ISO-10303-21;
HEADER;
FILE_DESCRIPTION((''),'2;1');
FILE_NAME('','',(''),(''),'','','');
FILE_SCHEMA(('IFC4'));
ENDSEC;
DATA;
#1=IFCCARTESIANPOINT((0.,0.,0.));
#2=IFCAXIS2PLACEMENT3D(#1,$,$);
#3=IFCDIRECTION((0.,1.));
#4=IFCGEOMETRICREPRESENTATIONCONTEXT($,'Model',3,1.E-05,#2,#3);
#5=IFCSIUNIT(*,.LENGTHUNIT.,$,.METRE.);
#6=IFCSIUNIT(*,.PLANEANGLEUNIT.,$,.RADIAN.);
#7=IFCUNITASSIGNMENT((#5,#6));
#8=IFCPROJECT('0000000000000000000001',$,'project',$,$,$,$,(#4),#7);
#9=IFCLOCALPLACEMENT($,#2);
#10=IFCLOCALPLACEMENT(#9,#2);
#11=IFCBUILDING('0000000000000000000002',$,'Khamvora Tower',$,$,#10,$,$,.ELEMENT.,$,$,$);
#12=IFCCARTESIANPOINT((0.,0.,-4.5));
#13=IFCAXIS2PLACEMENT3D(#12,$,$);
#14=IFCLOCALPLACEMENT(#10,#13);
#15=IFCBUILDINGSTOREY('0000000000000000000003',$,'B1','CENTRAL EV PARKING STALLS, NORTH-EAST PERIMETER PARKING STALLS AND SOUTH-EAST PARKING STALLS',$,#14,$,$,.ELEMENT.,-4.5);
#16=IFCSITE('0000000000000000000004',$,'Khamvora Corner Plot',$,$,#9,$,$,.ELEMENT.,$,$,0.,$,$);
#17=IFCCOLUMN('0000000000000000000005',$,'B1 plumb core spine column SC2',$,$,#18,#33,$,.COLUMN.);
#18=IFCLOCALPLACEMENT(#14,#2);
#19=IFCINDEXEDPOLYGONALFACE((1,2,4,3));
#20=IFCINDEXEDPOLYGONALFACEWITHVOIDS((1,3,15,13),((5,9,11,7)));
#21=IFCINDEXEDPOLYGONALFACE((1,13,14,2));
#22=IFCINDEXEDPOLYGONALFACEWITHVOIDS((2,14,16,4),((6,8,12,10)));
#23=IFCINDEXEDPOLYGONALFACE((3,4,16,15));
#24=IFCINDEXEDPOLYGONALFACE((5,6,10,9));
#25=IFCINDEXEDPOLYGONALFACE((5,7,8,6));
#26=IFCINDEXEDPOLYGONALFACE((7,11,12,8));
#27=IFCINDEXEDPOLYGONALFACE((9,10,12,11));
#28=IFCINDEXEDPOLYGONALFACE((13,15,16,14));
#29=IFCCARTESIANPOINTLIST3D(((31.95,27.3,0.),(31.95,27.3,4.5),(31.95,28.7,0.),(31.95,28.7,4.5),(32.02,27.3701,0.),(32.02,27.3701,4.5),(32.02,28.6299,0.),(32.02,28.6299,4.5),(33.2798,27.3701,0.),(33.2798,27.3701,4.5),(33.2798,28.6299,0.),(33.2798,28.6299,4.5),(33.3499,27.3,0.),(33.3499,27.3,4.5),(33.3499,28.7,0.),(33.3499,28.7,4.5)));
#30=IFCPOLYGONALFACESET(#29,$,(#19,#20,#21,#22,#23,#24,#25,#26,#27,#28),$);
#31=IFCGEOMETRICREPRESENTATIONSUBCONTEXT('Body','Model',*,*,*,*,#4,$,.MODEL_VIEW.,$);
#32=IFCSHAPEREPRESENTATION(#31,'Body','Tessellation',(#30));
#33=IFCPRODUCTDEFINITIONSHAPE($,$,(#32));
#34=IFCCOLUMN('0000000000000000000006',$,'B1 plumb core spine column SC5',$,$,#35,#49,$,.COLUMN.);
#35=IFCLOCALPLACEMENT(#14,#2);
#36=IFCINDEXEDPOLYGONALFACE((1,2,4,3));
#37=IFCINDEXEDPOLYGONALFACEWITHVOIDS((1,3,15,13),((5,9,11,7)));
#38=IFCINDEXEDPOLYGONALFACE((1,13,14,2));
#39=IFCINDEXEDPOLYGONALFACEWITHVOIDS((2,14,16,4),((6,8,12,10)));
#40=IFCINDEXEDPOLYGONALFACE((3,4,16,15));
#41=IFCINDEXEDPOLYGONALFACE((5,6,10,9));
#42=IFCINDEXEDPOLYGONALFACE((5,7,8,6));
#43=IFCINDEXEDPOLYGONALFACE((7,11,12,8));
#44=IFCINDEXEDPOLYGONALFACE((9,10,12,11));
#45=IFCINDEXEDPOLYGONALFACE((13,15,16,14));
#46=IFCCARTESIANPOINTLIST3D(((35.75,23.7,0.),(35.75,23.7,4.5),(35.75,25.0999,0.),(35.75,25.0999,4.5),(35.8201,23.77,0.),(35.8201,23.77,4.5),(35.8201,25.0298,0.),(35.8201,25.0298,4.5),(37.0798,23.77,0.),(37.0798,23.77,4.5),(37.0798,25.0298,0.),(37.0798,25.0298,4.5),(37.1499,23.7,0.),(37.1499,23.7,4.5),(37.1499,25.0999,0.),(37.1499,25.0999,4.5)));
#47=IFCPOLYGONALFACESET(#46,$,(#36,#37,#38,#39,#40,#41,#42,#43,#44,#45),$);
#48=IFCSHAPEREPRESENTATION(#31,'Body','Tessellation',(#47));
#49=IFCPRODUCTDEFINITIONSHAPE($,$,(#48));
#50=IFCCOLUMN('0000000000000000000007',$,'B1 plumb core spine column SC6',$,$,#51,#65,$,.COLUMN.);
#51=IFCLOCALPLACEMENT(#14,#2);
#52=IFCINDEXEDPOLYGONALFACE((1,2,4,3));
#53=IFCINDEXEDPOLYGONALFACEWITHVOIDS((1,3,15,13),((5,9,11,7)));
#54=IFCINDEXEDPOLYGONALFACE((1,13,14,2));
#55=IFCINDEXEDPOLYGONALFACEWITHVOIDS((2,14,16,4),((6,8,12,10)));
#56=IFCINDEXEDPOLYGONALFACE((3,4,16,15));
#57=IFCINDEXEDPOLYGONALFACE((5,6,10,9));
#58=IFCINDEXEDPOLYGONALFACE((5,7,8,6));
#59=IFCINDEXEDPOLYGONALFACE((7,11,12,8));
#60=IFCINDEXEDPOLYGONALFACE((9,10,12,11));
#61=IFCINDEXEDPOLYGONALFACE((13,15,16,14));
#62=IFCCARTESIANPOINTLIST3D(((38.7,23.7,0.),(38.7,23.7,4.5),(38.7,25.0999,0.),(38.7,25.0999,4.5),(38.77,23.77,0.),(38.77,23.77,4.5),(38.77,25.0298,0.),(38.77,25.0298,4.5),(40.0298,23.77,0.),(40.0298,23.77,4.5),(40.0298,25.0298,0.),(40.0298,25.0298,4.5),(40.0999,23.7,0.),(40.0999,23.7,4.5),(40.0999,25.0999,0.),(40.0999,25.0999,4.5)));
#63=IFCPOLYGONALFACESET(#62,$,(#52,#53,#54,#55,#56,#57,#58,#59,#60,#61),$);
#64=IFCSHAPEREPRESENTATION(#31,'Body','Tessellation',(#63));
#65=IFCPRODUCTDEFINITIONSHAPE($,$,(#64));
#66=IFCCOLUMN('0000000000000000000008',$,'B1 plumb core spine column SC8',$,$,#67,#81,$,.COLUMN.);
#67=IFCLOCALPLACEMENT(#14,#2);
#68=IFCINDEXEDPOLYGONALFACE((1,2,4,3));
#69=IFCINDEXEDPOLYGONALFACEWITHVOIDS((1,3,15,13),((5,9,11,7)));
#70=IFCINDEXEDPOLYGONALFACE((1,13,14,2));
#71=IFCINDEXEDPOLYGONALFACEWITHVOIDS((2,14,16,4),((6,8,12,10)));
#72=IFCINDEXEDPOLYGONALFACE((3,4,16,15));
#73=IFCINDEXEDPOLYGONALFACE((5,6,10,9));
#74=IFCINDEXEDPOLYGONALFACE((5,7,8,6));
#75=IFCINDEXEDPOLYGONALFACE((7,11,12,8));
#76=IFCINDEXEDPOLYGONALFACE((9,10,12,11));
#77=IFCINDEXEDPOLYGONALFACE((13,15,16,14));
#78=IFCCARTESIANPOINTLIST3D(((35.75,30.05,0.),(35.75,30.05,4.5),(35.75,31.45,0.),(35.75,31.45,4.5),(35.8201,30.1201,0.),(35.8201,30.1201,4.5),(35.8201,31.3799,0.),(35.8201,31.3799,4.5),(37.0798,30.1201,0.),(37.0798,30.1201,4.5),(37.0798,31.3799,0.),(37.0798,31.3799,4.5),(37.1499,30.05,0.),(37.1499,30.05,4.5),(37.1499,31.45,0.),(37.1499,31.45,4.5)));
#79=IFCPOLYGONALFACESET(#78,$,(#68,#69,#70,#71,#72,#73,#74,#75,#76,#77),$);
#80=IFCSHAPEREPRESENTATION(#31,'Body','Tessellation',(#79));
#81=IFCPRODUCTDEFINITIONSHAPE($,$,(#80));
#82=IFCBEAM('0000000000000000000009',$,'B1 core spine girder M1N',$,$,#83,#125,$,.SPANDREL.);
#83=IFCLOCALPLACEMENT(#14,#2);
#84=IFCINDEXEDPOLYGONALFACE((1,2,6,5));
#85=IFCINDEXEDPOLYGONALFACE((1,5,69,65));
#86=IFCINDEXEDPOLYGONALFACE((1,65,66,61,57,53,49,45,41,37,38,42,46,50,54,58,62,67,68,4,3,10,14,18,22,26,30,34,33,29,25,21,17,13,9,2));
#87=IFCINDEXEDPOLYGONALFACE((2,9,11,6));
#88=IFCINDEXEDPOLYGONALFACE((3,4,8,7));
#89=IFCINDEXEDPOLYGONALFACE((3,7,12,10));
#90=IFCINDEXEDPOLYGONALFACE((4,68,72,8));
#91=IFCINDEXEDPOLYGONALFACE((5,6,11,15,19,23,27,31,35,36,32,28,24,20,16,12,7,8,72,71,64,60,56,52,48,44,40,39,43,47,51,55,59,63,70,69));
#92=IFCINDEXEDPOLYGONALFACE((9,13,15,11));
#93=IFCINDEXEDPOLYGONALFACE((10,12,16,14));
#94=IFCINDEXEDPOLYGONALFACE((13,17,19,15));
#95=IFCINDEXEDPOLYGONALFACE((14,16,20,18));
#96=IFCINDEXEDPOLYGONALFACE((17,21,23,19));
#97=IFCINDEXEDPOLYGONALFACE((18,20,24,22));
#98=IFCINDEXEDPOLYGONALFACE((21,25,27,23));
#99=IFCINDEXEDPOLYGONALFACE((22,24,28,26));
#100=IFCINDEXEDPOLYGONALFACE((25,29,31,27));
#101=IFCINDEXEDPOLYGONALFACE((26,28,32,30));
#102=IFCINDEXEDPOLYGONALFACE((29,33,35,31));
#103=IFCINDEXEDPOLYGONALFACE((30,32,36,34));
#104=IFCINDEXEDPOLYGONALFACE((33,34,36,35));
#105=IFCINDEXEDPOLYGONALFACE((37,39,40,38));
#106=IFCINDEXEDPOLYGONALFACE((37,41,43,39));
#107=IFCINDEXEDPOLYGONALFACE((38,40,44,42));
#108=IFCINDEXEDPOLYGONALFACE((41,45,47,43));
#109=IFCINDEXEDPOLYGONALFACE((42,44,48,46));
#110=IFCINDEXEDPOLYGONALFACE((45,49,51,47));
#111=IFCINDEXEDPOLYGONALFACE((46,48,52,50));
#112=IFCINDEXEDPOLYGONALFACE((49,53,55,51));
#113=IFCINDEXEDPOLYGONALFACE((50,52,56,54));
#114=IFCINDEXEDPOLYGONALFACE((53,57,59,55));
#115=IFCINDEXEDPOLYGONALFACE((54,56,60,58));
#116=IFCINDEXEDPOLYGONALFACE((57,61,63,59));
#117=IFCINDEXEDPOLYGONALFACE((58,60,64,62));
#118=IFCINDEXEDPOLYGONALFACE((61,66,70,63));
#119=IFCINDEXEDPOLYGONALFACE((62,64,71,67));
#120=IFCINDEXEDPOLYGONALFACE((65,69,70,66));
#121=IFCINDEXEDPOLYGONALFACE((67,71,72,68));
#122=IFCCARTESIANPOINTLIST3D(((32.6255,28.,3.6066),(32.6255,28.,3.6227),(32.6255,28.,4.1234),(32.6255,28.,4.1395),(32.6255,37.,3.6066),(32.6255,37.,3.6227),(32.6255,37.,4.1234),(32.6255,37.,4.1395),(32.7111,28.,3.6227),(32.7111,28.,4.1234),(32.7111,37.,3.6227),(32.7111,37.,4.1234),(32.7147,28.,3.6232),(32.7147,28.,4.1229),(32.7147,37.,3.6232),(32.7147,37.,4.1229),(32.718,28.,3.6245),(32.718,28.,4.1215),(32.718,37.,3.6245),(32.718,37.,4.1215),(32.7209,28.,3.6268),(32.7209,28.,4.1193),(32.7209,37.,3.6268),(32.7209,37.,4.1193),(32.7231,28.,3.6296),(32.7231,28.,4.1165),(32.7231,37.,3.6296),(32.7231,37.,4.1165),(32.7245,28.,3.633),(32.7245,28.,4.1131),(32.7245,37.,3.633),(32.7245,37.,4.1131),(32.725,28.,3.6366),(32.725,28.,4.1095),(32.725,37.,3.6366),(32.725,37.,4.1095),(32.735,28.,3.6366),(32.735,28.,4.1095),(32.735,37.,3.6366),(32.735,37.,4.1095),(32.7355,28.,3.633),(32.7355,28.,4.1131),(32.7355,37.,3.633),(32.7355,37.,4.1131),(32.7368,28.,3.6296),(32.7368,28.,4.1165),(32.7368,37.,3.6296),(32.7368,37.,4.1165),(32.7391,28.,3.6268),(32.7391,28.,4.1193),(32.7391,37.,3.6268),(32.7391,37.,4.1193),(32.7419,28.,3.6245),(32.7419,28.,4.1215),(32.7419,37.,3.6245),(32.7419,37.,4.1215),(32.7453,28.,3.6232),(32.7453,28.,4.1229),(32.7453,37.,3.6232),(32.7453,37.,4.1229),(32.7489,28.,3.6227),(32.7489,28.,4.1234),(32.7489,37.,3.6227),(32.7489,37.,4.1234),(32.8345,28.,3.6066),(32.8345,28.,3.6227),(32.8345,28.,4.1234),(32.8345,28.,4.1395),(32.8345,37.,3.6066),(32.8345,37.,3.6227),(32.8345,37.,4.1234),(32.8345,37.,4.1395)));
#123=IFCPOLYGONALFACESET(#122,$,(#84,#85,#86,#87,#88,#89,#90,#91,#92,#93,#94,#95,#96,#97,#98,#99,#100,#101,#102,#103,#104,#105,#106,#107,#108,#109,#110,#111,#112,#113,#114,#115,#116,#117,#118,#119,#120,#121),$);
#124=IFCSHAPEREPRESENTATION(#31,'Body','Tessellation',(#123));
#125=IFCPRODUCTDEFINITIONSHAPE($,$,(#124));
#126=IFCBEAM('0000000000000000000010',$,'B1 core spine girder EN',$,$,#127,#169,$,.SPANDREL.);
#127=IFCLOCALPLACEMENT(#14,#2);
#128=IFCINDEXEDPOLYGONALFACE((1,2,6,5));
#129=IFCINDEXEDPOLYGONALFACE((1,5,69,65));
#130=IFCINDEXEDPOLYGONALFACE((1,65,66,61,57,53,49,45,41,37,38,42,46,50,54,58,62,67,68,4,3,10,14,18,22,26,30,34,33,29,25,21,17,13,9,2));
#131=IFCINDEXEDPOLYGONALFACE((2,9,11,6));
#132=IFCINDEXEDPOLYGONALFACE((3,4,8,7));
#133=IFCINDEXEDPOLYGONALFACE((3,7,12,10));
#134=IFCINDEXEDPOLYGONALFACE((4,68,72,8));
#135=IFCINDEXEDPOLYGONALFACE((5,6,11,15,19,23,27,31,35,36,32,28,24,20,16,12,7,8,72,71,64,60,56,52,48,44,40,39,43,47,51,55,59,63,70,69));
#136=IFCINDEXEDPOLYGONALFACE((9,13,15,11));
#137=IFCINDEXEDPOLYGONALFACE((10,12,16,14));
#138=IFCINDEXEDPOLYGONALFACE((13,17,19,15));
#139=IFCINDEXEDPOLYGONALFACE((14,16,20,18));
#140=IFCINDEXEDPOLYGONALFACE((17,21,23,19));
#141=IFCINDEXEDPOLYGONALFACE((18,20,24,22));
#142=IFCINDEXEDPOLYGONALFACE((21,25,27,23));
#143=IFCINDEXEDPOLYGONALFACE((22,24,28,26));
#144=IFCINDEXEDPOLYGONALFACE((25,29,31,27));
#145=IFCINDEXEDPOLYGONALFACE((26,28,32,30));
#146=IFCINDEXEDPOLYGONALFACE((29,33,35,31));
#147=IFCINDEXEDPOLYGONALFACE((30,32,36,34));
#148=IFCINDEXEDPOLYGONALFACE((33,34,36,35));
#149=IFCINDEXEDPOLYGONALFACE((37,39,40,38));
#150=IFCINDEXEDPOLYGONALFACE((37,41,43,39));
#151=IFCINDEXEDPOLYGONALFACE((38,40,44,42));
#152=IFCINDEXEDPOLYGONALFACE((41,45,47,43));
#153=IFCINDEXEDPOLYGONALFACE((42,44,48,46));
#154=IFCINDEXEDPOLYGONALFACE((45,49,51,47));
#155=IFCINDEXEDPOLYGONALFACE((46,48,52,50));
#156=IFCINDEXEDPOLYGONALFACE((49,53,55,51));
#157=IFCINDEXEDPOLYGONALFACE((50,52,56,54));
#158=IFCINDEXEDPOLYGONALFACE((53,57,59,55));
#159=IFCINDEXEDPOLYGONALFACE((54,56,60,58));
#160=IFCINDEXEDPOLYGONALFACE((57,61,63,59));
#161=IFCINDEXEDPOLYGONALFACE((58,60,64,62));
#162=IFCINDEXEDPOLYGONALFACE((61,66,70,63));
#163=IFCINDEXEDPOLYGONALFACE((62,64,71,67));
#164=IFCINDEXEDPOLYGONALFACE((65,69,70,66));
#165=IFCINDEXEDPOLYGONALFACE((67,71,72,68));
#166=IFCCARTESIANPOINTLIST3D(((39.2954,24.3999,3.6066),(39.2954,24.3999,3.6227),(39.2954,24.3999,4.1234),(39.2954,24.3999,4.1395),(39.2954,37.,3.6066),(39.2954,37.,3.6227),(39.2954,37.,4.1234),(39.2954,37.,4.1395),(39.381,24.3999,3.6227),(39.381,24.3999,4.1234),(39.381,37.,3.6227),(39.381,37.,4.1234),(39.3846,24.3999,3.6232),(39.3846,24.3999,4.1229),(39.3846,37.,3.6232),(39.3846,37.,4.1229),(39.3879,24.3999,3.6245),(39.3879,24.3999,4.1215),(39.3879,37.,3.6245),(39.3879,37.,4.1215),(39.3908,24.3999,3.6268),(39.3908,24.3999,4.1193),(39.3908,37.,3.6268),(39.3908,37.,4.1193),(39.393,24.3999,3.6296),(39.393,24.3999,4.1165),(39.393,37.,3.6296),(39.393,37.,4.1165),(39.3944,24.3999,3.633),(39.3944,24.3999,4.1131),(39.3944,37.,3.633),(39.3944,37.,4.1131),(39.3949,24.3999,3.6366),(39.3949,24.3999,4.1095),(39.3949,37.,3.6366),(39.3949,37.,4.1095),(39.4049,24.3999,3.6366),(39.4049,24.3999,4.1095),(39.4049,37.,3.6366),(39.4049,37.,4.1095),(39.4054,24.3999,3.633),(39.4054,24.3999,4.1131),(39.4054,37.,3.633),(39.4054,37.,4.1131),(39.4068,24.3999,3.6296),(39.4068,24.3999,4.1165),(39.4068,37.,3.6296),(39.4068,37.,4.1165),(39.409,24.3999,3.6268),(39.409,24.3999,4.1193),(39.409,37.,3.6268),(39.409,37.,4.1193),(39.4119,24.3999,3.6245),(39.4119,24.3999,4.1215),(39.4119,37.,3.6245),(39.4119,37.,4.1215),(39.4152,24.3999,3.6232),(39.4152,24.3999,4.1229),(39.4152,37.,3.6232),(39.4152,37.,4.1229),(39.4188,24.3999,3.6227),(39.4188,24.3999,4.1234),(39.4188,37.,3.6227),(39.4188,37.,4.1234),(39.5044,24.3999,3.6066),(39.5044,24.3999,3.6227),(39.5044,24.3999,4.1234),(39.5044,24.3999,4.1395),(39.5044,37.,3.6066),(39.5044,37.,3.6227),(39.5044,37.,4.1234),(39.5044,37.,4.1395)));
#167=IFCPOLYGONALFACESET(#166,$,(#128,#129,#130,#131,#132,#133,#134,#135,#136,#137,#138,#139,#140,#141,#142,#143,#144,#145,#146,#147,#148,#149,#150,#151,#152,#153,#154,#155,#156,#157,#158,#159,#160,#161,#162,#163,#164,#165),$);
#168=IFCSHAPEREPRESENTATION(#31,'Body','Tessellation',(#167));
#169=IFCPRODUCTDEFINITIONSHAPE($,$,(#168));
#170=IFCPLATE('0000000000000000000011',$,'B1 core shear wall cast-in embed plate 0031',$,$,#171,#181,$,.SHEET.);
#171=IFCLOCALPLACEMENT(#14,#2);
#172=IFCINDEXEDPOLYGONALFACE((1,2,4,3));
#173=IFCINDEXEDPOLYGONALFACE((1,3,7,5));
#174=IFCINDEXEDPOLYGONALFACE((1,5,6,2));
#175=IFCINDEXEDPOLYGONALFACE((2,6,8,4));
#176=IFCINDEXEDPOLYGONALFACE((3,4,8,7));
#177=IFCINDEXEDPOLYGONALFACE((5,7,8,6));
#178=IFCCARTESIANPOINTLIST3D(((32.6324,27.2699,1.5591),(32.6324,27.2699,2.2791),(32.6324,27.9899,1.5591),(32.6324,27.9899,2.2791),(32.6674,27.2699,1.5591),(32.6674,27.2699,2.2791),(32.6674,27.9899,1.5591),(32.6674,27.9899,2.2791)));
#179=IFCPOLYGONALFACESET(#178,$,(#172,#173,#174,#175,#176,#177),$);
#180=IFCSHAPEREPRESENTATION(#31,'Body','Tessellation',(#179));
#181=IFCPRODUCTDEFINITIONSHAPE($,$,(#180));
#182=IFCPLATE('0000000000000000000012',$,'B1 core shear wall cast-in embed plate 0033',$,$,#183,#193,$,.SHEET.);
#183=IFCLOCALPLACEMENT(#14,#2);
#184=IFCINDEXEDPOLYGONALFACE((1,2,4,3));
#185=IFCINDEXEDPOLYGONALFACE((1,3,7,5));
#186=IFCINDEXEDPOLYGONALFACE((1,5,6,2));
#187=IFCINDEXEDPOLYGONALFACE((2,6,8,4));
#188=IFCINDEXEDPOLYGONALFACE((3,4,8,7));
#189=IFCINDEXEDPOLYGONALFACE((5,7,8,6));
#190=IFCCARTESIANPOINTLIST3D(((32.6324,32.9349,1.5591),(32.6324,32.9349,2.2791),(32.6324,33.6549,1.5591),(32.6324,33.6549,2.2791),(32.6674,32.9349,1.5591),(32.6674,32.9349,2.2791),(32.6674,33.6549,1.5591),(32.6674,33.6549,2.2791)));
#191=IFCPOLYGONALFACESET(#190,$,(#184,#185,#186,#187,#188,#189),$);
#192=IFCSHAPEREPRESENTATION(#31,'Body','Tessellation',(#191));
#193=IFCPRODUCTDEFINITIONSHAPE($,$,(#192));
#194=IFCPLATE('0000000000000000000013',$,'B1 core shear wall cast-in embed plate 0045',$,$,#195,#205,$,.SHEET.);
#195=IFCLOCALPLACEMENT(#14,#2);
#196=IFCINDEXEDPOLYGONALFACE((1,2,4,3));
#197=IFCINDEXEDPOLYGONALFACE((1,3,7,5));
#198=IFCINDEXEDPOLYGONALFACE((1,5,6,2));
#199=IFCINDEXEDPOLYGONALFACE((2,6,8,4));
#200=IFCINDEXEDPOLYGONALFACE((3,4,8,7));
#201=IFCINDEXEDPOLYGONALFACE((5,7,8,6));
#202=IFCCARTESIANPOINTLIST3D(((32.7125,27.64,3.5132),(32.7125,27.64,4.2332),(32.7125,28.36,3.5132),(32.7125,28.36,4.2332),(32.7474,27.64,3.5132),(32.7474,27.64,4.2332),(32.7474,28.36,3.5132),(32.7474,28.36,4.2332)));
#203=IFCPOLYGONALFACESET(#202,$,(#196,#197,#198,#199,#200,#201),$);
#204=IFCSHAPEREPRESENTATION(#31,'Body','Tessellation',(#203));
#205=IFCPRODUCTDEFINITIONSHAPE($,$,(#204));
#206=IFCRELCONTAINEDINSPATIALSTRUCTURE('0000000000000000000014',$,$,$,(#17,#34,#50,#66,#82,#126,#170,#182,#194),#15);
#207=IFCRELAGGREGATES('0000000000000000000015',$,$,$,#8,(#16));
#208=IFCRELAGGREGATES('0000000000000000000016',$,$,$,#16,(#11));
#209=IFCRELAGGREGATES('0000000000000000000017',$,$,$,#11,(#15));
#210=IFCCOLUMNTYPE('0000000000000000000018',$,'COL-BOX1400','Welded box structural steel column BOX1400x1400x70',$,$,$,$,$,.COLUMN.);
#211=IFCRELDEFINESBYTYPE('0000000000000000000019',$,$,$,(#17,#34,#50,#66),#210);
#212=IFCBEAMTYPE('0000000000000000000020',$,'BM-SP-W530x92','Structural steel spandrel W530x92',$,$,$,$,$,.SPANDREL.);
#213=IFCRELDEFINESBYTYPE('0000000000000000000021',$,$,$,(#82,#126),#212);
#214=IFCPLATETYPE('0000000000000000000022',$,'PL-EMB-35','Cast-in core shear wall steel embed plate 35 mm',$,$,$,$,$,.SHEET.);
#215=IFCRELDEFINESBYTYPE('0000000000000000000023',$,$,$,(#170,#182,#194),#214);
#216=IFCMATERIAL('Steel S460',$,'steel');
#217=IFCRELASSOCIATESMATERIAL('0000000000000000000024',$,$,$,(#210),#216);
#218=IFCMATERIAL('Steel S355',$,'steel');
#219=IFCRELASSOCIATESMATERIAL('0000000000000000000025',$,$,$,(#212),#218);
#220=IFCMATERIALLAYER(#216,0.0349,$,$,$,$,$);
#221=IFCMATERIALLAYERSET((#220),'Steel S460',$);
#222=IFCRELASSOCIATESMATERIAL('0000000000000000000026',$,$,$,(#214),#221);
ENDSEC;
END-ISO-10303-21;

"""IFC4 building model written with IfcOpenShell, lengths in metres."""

from ifc_helpers import new_model, si_unit, direction, frame, origin, origin_2d, place, context, subcontext, project, spatial, rectangle, hollow_rectangle, i_section, extrude, material, layer, layer_set, material_profile, profile_set, type_object, element, save


model = new_model("IFC4")

# Units and contexts
model_context = context("Model", 3, precision=1e-05, world=origin(), true_north=direction((0.0, 1.0)))
body_context = subcontext(model_context, "Body", "Model", "MODEL_VIEW")
ifc_project = project(units=[si_unit("LENGTHUNIT", "METRE"), si_unit("PLANEANGLEUNIT", "RADIAN")], contexts=[model_context])

# Site, building, storey
site_placement = place(None, origin())
site = spatial("IfcSite", under=ifc_project, at=site_placement, Name="Khamvora Corner Plot", CompositionType="ELEMENT", RefElevation=0.0)
building_placement = place(site_placement, origin())
building = spatial("IfcBuilding", under=site, at=building_placement, Name="Khamvora Tower", CompositionType="ELEMENT")
storey_placement = place(building_placement, frame((0.0, 0.0, -4.5)))
storey = spatial("IfcBuildingStorey", under=building, at=storey_placement, Name="B1", Description="CENTRAL EV PARKING STALLS, NORTH-EAST PERIMETER PARKING STALLS AND SOUTH-EAST PARKING STALLS", CompositionType="ELEMENT", Elevation=-4.5)

# Columns
ifc_material_1 = material(Name="Steel S460", Category="steel")
ifc_material_profile_1 = material_profile(ifc_material_1, hollow_rectangle(XDim=1.3999, YDim=1.3999, WallThickness=0.0701, at=origin_2d()), Name="BOX1400x1400x70")
ifc_profile_set_1 = profile_set([ifc_material_profile_1], Name="Steel S460")
column_type = type_object("IfcColumnType", Name="COL-BOX1400", Description="Welded box structural steel column BOX1400x1400x70", PredefinedType="COLUMN", material=ifc_profile_set_1)
for number, where, z_axis, x_axis, name in (
    (1, (32.6499, 28.0, 0.0), (0.0, 0.0, 1.0), (1.0, 0.0, 0.0), "B1 plumb core spine column SC2"),
    (2, (36.45, 24.3999, 0.0), (0.0, 0.0, 1.0), (1.0, 0.0, 0.0), "B1 plumb core spine column SC5"),
    (3, (39.3999, 24.3999, 0.0), (0.0, 0.0, 1.0), (1.0, 0.0, 0.0), "B1 plumb core spine column SC6"),
    (4, (36.45, 30.75, 0.0), (0.0, 0.0, 1.0), (1.0, 0.0, 0.0), "B1 plumb core spine column SC8"),
):
    element("IfcColumn", number, at=place(storey_placement, frame(where, z_axis=z_axis, x_axis=x_axis)), inside=storey, type_object=column_type, Name=name, PredefinedType="COLUMN", context=body_context, shape_type="SweptSolid", body=[
        extrude(hollow_rectangle(XDim=1.3999, YDim=1.3999, WallThickness=0.0701, at=origin_2d()), origin(), (0.0, 0.0, 1.0), 4.5),
    ])

# Beams
ifc_material_2 = material(Name="Steel S355", Category="steel")
ifc_material_profile_2 = material_profile(ifc_material_2, i_section(OverallWidth=0.209, OverallDepth=0.533, WebThickness=0.01, FlangeThickness=0.0161, FilletRadius=0.0139, at=origin_2d()), Name="W530x92")
ifc_profile_set_2 = profile_set([ifc_material_profile_2], Name="Steel S355")
beam_type = type_object("IfcBeamType", Name="BM-SP-W530x92", Description="Structural steel spandrel W530x92", PredefinedType="SPANDREL", material=ifc_profile_set_2)
beam_1_placement = place(storey_placement, frame((32.73, 28.0, 3.873), z_axis=(0.0, 1.0, 0.0), x_axis=(-1.0, 0.0, 0.0)))
element("IfcBeam", 5, at=beam_1_placement, inside=storey, type_object=beam_type, Name="B1 core spine girder M1N", PredefinedType="SPANDREL", context=body_context, shape_type="SweptSolid", body=[
    extrude(i_section(OverallWidth=0.209, OverallDepth=0.533, WebThickness=0.01, FlangeThickness=0.0161, FilletRadius=0.0139, at=origin_2d()), origin(), (0.0, 0.0, 1.0), 9.0),
])
beam_2_placement = place(storey_placement, frame((39.3999, 24.3999, 3.873), z_axis=(0.0, 1.0, 0.0), x_axis=(-1.0, 0.0, 0.0)))
element("IfcBeam", 6, at=beam_2_placement, inside=storey, type_object=beam_type, Name="B1 core spine girder EN", PredefinedType="SPANDREL", context=body_context, shape_type="SweptSolid", body=[
    extrude(i_section(OverallWidth=0.209, OverallDepth=0.533, WebThickness=0.01, FlangeThickness=0.0161, FilletRadius=0.0139, at=origin_2d()), origin(), (0.0, 0.0, 1.0), 12.6001),
])

# Plates
ifc_layer_1 = layer(ifc_material_1, 0.0349)
ifc_layer_set_1 = layer_set([ifc_layer_1], Name="Steel S460")
plate_type = type_object("IfcPlateType", Name="PL-EMB-35", Description="Cast-in core shear wall steel embed plate 35 mm", PredefinedType="SHEET", material=ifc_layer_set_1)
for number, where, z_axis, x_axis, name in (
    (7, (32.6499, 27.6299, 1.5591), (0.0, 0.0, 1.0), (1.0, 0.0, 0.0), "B1 core shear wall cast-in embed plate 0031"),
    (8, (32.6499, 33.2949, 1.5591), (0.0, 0.0, 1.0), (1.0, 0.0, 0.0), "B1 core shear wall cast-in embed plate 0033"),
    (9, (32.73, 28.0, 3.5132), (0.0, 0.0, 1.0), (1.0, 0.0, 0.0), "B1 core shear wall cast-in embed plate 0045"),
):
    element("IfcPlate", number, at=place(storey_placement, frame(where, z_axis=z_axis, x_axis=x_axis)), inside=storey, type_object=plate_type, Name=name, PredefinedType="SHEET", context=body_context, shape_type="SweptSolid", body=[
        extrude(rectangle(XDim=0.0349, YDim=0.72, at=origin_2d()), origin(), (0.0, 0.0, 1.0), 0.72),
    ])

save(model, "model.ifc")
